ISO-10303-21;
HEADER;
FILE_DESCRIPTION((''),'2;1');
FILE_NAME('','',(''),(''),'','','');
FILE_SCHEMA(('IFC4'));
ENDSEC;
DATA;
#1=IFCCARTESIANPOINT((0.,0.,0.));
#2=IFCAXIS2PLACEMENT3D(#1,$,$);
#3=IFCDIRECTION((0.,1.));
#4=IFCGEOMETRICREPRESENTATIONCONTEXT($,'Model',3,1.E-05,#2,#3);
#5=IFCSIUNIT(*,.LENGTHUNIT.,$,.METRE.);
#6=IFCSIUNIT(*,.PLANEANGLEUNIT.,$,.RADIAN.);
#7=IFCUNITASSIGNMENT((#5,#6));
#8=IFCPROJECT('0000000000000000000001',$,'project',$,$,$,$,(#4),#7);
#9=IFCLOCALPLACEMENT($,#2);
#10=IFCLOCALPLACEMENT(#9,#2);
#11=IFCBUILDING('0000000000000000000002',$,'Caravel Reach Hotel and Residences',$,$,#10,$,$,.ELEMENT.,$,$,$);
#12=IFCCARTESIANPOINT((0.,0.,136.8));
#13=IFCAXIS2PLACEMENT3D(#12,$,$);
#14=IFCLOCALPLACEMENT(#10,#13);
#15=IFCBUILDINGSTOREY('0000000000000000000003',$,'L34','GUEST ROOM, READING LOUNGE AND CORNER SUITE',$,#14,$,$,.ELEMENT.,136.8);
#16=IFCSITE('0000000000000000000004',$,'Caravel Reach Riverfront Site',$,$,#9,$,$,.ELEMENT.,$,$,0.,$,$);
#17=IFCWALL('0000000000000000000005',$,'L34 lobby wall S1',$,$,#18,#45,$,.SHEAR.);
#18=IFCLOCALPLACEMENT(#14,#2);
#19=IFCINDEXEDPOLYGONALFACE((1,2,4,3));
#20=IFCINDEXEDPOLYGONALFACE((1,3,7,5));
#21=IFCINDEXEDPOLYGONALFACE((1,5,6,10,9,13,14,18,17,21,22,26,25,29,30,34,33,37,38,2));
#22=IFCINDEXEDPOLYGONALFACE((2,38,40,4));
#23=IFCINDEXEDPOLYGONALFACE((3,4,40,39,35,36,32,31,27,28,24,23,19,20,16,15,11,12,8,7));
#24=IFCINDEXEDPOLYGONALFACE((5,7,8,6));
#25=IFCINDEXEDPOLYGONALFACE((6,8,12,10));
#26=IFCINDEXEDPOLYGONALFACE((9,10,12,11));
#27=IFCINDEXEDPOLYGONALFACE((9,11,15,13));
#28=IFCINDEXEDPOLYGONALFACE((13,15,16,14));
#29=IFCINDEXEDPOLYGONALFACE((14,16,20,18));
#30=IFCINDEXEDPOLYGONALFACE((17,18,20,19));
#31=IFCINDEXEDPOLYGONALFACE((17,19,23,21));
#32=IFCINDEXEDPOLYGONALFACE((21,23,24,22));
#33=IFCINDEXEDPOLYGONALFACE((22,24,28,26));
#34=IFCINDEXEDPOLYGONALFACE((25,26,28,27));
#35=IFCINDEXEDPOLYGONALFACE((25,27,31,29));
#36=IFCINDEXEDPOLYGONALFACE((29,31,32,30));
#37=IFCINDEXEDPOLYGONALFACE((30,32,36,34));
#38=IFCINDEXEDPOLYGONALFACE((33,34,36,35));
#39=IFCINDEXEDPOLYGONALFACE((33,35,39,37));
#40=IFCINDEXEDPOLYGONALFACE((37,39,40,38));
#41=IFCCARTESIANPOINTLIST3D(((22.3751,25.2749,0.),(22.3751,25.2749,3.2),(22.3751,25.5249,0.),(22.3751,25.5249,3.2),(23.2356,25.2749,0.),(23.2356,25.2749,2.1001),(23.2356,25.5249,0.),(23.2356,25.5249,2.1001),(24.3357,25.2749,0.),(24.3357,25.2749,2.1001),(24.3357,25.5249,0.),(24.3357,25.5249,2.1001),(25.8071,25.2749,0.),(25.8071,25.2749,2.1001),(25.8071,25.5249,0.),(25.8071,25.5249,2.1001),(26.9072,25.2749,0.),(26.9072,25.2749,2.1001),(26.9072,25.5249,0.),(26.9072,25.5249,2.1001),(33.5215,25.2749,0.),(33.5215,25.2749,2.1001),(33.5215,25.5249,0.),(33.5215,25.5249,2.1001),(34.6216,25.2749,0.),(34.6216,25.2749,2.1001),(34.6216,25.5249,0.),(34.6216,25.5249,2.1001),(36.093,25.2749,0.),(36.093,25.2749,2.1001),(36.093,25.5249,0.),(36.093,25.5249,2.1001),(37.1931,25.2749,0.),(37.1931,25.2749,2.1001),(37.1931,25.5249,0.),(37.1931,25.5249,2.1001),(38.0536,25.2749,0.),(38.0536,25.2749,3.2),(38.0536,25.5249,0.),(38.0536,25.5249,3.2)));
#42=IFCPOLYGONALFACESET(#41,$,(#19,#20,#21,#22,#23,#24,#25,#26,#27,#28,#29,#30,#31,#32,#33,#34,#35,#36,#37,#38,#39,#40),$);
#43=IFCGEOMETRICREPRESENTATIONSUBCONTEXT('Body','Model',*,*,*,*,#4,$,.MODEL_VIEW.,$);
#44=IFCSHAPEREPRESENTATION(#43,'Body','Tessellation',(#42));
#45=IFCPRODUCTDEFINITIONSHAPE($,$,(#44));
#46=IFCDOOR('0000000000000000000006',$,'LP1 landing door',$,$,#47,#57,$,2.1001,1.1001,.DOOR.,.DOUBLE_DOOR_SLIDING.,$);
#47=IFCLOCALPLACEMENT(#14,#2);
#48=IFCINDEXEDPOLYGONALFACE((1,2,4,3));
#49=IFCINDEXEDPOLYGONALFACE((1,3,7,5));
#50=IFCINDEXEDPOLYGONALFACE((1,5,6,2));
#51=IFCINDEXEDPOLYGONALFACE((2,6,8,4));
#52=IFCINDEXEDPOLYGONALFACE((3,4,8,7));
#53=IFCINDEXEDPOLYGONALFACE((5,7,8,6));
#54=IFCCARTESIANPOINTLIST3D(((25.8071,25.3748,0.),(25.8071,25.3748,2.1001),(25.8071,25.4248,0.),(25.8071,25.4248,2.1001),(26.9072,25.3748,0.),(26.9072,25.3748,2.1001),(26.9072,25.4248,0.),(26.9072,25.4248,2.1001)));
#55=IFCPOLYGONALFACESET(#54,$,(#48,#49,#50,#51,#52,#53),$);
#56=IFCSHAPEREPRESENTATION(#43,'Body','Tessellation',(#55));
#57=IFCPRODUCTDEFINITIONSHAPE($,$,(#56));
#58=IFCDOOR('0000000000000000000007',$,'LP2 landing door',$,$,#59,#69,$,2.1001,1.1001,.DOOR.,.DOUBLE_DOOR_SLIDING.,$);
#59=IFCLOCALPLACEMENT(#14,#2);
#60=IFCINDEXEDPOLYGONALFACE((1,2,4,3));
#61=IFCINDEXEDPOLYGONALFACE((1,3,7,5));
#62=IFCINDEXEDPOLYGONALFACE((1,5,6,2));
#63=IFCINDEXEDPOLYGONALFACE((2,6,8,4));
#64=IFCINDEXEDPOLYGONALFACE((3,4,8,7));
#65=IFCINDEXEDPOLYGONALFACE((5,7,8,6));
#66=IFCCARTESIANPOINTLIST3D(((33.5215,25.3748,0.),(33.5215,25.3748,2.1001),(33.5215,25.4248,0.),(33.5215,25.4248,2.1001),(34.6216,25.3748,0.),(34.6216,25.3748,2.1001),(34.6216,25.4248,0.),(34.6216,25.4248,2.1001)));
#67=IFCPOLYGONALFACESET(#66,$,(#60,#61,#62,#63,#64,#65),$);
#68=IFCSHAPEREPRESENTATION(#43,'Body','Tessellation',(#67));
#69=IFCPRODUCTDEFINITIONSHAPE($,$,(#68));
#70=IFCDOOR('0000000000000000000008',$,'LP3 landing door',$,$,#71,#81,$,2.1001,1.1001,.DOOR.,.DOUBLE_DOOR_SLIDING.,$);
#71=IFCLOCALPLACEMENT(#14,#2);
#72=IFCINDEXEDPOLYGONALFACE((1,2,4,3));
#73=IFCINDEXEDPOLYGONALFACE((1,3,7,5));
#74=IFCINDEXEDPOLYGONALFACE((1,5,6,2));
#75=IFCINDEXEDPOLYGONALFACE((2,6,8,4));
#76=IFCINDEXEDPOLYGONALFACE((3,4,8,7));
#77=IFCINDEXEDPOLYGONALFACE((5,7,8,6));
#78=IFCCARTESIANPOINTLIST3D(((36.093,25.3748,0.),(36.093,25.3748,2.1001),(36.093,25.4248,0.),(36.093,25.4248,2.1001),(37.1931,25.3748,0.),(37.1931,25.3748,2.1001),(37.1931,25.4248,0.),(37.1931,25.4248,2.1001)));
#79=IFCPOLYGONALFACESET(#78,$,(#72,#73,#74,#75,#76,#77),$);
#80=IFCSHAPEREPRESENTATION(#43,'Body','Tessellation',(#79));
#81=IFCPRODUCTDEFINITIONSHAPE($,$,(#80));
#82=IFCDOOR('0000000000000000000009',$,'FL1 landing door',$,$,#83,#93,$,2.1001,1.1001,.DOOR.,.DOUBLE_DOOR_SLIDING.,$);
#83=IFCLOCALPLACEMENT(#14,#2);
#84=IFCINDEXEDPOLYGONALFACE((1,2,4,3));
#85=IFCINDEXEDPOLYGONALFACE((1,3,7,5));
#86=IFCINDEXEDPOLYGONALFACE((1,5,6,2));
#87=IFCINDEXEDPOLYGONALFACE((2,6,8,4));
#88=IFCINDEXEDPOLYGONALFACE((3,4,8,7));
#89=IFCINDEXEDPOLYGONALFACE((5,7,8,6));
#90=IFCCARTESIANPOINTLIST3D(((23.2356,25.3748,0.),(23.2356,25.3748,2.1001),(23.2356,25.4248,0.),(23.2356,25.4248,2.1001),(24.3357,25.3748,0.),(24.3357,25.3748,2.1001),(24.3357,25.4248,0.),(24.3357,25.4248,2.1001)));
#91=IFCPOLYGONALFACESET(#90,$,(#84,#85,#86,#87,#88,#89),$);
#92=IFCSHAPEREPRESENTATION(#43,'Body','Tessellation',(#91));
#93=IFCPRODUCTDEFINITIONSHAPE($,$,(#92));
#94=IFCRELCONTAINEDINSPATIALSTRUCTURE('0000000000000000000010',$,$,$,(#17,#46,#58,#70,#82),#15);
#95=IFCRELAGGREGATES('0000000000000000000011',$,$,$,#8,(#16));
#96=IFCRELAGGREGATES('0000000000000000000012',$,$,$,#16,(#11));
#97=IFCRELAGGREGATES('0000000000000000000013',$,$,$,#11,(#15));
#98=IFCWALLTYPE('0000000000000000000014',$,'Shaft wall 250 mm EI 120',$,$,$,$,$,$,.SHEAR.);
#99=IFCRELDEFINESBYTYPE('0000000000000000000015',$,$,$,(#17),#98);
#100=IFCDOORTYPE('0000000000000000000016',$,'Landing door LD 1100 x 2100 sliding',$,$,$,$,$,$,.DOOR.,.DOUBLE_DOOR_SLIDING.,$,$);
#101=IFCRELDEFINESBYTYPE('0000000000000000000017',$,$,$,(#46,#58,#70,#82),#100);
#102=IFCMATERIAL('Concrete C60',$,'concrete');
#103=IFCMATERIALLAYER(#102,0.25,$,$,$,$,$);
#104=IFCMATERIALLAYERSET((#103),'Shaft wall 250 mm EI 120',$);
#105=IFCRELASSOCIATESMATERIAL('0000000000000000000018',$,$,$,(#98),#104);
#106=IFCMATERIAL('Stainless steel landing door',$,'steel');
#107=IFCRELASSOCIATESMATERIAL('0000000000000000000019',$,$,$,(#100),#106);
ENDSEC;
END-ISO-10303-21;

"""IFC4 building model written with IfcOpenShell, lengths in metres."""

from ifc_helpers import new_model, si_unit, direction, frame, frame_2d, origin, place, context, subcontext, project, spatial, rectangle, extrude, material, layer, layer_set, type_object, element, fill, save


model = new_model("IFC4")

# Units and contexts
model_context = context("Model", 3, precision=1e-05, world=origin(), true_north=direction((0.0, 1.0)))
body_context = subcontext(model_context, "Body", "Model", "MODEL_VIEW")
ifc_project = project(units=[si_unit("LENGTHUNIT", "METRE"), si_unit("PLANEANGLEUNIT", "RADIAN")], contexts=[model_context])

# Site, building, storey
site_placement = place(None, origin())
site = spatial("IfcSite", under=ifc_project, at=site_placement, Name="Caravel Reach Riverfront Site", CompositionType="ELEMENT", RefElevation=0.0)
building_placement = place(site_placement, origin())
building = spatial("IfcBuilding", under=site, at=building_placement, Name="Caravel Reach Hotel and Residences", CompositionType="ELEMENT")
storey_placement = place(building_placement, frame((0.0, 0.0, 136.8)))
storey = spatial("IfcBuildingStorey", under=building, at=storey_placement, Name="L34", Description="GUEST ROOM, READING LOUNGE AND CORNER SUITE", CompositionType="ELEMENT", Elevation=136.8)

# Wall, openings, doors
ifc_material_1 = material(Name="Concrete C60", Category="concrete")
ifc_layer_1 = layer(ifc_material_1, 0.25)
ifc_layer_set_1 = layer_set([ifc_layer_1], Name="Shaft wall 250 mm EI 120")
wall_type_1 = type_object("IfcWallType", Name="Shaft wall 250 mm EI 120", PredefinedType="SHEAR", material=ifc_layer_set_1)
wall_1_placement = place(storey_placement, frame((22.375, 25.3999, 0.0), z_axis=(0.0, 0.0, 1.0), x_axis=(1.0, 0.0, 0.0)))
wall_1 = element("IfcWall", 1, at=wall_1_placement, inside=storey, type_object=wall_type_1, Name="L34 lobby wall S1", PredefinedType="SHEAR", context=body_context, shape_type="SweptSolid", body=[
    extrude(rectangle(XDim=15.6785, YDim=0.25, at=frame_2d((7.8394, 0.0))), origin(), (0.0, 0.0, 1.0), 3.2),
])
opening_1_placement = place(wall_1_placement, frame((3.4321, 0.0, 0.0)))
opening_1 = element("IfcOpeningElement", 2, at=opening_1_placement, cuts=wall_1, PredefinedType="OPENING", context=body_context, shape_type="SweptSolid", body=[
    extrude(rectangle(XDim=1.1001, YDim=2.1001, at=frame_2d((0.55, 1.05))), frame((0.0, 0.135, 0.0), z_axis=(0.0, -1.0, 0.0), x_axis=(1.0, 0.0, 0.0)), (0.0, 0.0, 1.0), 0.27),
])
opening_2_placement = place(wall_1_placement, frame((11.1465, 0.0, 0.0)))
opening_2 = element("IfcOpeningElement", 3, at=opening_2_placement, cuts=wall_1, PredefinedType="OPENING", context=body_context, shape_type="SweptSolid", body=[
    extrude(rectangle(XDim=1.1001, YDim=2.1001, at=frame_2d((0.55, 1.05))), frame((0.0, 0.135, 0.0), z_axis=(0.0, -1.0, 0.0), x_axis=(1.0, 0.0, 0.0)), (0.0, 0.0, 1.0), 0.27),
])
opening_3_placement = place(wall_1_placement, frame((13.718, 0.0, 0.0)))
opening_3 = element("IfcOpeningElement", 4, at=opening_3_placement, cuts=wall_1, PredefinedType="OPENING", context=body_context, shape_type="SweptSolid", body=[
    extrude(rectangle(XDim=1.1001, YDim=2.1001, at=frame_2d((0.55, 1.05))), frame((0.0, 0.135, 0.0), z_axis=(0.0, -1.0, 0.0), x_axis=(1.0, 0.0, 0.0)), (0.0, 0.0, 1.0), 0.27),
])
opening_4_placement = place(wall_1_placement, frame((0.8606, 0.0, 0.0)))
opening_4 = element("IfcOpeningElement", 5, at=opening_4_placement, cuts=wall_1, PredefinedType="OPENING", context=body_context, shape_type="SweptSolid", body=[
    extrude(rectangle(XDim=1.1001, YDim=2.1001, at=frame_2d((0.55, 1.05))), frame((0.0, 0.135, 0.0), z_axis=(0.0, -1.0, 0.0), x_axis=(1.0, 0.0, 0.0)), (0.0, 0.0, 1.0), 0.27),
])
ifc_material_2 = material(Name="Stainless steel landing door", Category="steel")
door_type_1 = type_object("IfcDoorType", Name="Landing door LD 1100 x 2100 sliding", OperationType="DOUBLE_DOOR_SLIDING", PredefinedType="DOOR", material=ifc_material_2)
door_1_placement = place(opening_1_placement, origin())
door_1 = element("IfcDoor", 6, at=door_1_placement, inside=storey, type_object=door_type_1, Name="LP1 landing door", OperationType="DOUBLE_DOOR_SLIDING", OverallHeight=2.1001, OverallWidth=1.1001, PredefinedType="DOOR", context=body_context, shape_type="SweptSolid", body=[
    extrude(rectangle(XDim=1.1001, YDim=2.1001, at=frame_2d((0.55, 1.05))), frame((0.0, 0.0249, 0.0), z_axis=(0.0, -1.0, 0.0), x_axis=(1.0, 0.0, 0.0)), (0.0, 0.0, 1.0), 0.05),
])
fill(opening_1, door_1)
door_2_placement = place(opening_2_placement, origin())
door_2 = element("IfcDoor", 7, at=door_2_placement, inside=storey, type_object=door_type_1, Name="LP2 landing door", OperationType="DOUBLE_DOOR_SLIDING", OverallHeight=2.1001, OverallWidth=1.1001, PredefinedType="DOOR", context=body_context, shape_type="SweptSolid", body=[
    extrude(rectangle(XDim=1.1001, YDim=2.1001, at=frame_2d((0.55, 1.05))), frame((0.0, 0.0249, 0.0), z_axis=(0.0, -1.0, 0.0), x_axis=(1.0, 0.0, 0.0)), (0.0, 0.0, 1.0), 0.05),
])
fill(opening_2, door_2)
door_3_placement = place(opening_3_placement, origin())
door_3 = element("IfcDoor", 8, at=door_3_placement, inside=storey, type_object=door_type_1, Name="LP3 landing door", OperationType="DOUBLE_DOOR_SLIDING", OverallHeight=2.1001, OverallWidth=1.1001, PredefinedType="DOOR", context=body_context, shape_type="SweptSolid", body=[
    extrude(rectangle(XDim=1.1001, YDim=2.1001, at=frame_2d((0.55, 1.05))), frame((0.0, 0.0249, 0.0), z_axis=(0.0, -1.0, 0.0), x_axis=(1.0, 0.0, 0.0)), (0.0, 0.0, 1.0), 0.05),
])
fill(opening_3, door_3)
door_4_placement = place(opening_4_placement, origin())
door_4 = element("IfcDoor", 9, at=door_4_placement, inside=storey, type_object=door_type_1, Name="FL1 landing door", OperationType="DOUBLE_DOOR_SLIDING", OverallHeight=2.1001, OverallWidth=1.1001, PredefinedType="DOOR", context=body_context, shape_type="SweptSolid", body=[
    extrude(rectangle(XDim=1.1001, YDim=2.1001, at=frame_2d((0.55, 1.05))), frame((0.0, 0.0249, 0.0), z_axis=(0.0, -1.0, 0.0), x_axis=(1.0, 0.0, 0.0)), (0.0, 0.0, 1.0), 0.05),
])
fill(opening_4, door_4)

save(model, "model.ifc")
